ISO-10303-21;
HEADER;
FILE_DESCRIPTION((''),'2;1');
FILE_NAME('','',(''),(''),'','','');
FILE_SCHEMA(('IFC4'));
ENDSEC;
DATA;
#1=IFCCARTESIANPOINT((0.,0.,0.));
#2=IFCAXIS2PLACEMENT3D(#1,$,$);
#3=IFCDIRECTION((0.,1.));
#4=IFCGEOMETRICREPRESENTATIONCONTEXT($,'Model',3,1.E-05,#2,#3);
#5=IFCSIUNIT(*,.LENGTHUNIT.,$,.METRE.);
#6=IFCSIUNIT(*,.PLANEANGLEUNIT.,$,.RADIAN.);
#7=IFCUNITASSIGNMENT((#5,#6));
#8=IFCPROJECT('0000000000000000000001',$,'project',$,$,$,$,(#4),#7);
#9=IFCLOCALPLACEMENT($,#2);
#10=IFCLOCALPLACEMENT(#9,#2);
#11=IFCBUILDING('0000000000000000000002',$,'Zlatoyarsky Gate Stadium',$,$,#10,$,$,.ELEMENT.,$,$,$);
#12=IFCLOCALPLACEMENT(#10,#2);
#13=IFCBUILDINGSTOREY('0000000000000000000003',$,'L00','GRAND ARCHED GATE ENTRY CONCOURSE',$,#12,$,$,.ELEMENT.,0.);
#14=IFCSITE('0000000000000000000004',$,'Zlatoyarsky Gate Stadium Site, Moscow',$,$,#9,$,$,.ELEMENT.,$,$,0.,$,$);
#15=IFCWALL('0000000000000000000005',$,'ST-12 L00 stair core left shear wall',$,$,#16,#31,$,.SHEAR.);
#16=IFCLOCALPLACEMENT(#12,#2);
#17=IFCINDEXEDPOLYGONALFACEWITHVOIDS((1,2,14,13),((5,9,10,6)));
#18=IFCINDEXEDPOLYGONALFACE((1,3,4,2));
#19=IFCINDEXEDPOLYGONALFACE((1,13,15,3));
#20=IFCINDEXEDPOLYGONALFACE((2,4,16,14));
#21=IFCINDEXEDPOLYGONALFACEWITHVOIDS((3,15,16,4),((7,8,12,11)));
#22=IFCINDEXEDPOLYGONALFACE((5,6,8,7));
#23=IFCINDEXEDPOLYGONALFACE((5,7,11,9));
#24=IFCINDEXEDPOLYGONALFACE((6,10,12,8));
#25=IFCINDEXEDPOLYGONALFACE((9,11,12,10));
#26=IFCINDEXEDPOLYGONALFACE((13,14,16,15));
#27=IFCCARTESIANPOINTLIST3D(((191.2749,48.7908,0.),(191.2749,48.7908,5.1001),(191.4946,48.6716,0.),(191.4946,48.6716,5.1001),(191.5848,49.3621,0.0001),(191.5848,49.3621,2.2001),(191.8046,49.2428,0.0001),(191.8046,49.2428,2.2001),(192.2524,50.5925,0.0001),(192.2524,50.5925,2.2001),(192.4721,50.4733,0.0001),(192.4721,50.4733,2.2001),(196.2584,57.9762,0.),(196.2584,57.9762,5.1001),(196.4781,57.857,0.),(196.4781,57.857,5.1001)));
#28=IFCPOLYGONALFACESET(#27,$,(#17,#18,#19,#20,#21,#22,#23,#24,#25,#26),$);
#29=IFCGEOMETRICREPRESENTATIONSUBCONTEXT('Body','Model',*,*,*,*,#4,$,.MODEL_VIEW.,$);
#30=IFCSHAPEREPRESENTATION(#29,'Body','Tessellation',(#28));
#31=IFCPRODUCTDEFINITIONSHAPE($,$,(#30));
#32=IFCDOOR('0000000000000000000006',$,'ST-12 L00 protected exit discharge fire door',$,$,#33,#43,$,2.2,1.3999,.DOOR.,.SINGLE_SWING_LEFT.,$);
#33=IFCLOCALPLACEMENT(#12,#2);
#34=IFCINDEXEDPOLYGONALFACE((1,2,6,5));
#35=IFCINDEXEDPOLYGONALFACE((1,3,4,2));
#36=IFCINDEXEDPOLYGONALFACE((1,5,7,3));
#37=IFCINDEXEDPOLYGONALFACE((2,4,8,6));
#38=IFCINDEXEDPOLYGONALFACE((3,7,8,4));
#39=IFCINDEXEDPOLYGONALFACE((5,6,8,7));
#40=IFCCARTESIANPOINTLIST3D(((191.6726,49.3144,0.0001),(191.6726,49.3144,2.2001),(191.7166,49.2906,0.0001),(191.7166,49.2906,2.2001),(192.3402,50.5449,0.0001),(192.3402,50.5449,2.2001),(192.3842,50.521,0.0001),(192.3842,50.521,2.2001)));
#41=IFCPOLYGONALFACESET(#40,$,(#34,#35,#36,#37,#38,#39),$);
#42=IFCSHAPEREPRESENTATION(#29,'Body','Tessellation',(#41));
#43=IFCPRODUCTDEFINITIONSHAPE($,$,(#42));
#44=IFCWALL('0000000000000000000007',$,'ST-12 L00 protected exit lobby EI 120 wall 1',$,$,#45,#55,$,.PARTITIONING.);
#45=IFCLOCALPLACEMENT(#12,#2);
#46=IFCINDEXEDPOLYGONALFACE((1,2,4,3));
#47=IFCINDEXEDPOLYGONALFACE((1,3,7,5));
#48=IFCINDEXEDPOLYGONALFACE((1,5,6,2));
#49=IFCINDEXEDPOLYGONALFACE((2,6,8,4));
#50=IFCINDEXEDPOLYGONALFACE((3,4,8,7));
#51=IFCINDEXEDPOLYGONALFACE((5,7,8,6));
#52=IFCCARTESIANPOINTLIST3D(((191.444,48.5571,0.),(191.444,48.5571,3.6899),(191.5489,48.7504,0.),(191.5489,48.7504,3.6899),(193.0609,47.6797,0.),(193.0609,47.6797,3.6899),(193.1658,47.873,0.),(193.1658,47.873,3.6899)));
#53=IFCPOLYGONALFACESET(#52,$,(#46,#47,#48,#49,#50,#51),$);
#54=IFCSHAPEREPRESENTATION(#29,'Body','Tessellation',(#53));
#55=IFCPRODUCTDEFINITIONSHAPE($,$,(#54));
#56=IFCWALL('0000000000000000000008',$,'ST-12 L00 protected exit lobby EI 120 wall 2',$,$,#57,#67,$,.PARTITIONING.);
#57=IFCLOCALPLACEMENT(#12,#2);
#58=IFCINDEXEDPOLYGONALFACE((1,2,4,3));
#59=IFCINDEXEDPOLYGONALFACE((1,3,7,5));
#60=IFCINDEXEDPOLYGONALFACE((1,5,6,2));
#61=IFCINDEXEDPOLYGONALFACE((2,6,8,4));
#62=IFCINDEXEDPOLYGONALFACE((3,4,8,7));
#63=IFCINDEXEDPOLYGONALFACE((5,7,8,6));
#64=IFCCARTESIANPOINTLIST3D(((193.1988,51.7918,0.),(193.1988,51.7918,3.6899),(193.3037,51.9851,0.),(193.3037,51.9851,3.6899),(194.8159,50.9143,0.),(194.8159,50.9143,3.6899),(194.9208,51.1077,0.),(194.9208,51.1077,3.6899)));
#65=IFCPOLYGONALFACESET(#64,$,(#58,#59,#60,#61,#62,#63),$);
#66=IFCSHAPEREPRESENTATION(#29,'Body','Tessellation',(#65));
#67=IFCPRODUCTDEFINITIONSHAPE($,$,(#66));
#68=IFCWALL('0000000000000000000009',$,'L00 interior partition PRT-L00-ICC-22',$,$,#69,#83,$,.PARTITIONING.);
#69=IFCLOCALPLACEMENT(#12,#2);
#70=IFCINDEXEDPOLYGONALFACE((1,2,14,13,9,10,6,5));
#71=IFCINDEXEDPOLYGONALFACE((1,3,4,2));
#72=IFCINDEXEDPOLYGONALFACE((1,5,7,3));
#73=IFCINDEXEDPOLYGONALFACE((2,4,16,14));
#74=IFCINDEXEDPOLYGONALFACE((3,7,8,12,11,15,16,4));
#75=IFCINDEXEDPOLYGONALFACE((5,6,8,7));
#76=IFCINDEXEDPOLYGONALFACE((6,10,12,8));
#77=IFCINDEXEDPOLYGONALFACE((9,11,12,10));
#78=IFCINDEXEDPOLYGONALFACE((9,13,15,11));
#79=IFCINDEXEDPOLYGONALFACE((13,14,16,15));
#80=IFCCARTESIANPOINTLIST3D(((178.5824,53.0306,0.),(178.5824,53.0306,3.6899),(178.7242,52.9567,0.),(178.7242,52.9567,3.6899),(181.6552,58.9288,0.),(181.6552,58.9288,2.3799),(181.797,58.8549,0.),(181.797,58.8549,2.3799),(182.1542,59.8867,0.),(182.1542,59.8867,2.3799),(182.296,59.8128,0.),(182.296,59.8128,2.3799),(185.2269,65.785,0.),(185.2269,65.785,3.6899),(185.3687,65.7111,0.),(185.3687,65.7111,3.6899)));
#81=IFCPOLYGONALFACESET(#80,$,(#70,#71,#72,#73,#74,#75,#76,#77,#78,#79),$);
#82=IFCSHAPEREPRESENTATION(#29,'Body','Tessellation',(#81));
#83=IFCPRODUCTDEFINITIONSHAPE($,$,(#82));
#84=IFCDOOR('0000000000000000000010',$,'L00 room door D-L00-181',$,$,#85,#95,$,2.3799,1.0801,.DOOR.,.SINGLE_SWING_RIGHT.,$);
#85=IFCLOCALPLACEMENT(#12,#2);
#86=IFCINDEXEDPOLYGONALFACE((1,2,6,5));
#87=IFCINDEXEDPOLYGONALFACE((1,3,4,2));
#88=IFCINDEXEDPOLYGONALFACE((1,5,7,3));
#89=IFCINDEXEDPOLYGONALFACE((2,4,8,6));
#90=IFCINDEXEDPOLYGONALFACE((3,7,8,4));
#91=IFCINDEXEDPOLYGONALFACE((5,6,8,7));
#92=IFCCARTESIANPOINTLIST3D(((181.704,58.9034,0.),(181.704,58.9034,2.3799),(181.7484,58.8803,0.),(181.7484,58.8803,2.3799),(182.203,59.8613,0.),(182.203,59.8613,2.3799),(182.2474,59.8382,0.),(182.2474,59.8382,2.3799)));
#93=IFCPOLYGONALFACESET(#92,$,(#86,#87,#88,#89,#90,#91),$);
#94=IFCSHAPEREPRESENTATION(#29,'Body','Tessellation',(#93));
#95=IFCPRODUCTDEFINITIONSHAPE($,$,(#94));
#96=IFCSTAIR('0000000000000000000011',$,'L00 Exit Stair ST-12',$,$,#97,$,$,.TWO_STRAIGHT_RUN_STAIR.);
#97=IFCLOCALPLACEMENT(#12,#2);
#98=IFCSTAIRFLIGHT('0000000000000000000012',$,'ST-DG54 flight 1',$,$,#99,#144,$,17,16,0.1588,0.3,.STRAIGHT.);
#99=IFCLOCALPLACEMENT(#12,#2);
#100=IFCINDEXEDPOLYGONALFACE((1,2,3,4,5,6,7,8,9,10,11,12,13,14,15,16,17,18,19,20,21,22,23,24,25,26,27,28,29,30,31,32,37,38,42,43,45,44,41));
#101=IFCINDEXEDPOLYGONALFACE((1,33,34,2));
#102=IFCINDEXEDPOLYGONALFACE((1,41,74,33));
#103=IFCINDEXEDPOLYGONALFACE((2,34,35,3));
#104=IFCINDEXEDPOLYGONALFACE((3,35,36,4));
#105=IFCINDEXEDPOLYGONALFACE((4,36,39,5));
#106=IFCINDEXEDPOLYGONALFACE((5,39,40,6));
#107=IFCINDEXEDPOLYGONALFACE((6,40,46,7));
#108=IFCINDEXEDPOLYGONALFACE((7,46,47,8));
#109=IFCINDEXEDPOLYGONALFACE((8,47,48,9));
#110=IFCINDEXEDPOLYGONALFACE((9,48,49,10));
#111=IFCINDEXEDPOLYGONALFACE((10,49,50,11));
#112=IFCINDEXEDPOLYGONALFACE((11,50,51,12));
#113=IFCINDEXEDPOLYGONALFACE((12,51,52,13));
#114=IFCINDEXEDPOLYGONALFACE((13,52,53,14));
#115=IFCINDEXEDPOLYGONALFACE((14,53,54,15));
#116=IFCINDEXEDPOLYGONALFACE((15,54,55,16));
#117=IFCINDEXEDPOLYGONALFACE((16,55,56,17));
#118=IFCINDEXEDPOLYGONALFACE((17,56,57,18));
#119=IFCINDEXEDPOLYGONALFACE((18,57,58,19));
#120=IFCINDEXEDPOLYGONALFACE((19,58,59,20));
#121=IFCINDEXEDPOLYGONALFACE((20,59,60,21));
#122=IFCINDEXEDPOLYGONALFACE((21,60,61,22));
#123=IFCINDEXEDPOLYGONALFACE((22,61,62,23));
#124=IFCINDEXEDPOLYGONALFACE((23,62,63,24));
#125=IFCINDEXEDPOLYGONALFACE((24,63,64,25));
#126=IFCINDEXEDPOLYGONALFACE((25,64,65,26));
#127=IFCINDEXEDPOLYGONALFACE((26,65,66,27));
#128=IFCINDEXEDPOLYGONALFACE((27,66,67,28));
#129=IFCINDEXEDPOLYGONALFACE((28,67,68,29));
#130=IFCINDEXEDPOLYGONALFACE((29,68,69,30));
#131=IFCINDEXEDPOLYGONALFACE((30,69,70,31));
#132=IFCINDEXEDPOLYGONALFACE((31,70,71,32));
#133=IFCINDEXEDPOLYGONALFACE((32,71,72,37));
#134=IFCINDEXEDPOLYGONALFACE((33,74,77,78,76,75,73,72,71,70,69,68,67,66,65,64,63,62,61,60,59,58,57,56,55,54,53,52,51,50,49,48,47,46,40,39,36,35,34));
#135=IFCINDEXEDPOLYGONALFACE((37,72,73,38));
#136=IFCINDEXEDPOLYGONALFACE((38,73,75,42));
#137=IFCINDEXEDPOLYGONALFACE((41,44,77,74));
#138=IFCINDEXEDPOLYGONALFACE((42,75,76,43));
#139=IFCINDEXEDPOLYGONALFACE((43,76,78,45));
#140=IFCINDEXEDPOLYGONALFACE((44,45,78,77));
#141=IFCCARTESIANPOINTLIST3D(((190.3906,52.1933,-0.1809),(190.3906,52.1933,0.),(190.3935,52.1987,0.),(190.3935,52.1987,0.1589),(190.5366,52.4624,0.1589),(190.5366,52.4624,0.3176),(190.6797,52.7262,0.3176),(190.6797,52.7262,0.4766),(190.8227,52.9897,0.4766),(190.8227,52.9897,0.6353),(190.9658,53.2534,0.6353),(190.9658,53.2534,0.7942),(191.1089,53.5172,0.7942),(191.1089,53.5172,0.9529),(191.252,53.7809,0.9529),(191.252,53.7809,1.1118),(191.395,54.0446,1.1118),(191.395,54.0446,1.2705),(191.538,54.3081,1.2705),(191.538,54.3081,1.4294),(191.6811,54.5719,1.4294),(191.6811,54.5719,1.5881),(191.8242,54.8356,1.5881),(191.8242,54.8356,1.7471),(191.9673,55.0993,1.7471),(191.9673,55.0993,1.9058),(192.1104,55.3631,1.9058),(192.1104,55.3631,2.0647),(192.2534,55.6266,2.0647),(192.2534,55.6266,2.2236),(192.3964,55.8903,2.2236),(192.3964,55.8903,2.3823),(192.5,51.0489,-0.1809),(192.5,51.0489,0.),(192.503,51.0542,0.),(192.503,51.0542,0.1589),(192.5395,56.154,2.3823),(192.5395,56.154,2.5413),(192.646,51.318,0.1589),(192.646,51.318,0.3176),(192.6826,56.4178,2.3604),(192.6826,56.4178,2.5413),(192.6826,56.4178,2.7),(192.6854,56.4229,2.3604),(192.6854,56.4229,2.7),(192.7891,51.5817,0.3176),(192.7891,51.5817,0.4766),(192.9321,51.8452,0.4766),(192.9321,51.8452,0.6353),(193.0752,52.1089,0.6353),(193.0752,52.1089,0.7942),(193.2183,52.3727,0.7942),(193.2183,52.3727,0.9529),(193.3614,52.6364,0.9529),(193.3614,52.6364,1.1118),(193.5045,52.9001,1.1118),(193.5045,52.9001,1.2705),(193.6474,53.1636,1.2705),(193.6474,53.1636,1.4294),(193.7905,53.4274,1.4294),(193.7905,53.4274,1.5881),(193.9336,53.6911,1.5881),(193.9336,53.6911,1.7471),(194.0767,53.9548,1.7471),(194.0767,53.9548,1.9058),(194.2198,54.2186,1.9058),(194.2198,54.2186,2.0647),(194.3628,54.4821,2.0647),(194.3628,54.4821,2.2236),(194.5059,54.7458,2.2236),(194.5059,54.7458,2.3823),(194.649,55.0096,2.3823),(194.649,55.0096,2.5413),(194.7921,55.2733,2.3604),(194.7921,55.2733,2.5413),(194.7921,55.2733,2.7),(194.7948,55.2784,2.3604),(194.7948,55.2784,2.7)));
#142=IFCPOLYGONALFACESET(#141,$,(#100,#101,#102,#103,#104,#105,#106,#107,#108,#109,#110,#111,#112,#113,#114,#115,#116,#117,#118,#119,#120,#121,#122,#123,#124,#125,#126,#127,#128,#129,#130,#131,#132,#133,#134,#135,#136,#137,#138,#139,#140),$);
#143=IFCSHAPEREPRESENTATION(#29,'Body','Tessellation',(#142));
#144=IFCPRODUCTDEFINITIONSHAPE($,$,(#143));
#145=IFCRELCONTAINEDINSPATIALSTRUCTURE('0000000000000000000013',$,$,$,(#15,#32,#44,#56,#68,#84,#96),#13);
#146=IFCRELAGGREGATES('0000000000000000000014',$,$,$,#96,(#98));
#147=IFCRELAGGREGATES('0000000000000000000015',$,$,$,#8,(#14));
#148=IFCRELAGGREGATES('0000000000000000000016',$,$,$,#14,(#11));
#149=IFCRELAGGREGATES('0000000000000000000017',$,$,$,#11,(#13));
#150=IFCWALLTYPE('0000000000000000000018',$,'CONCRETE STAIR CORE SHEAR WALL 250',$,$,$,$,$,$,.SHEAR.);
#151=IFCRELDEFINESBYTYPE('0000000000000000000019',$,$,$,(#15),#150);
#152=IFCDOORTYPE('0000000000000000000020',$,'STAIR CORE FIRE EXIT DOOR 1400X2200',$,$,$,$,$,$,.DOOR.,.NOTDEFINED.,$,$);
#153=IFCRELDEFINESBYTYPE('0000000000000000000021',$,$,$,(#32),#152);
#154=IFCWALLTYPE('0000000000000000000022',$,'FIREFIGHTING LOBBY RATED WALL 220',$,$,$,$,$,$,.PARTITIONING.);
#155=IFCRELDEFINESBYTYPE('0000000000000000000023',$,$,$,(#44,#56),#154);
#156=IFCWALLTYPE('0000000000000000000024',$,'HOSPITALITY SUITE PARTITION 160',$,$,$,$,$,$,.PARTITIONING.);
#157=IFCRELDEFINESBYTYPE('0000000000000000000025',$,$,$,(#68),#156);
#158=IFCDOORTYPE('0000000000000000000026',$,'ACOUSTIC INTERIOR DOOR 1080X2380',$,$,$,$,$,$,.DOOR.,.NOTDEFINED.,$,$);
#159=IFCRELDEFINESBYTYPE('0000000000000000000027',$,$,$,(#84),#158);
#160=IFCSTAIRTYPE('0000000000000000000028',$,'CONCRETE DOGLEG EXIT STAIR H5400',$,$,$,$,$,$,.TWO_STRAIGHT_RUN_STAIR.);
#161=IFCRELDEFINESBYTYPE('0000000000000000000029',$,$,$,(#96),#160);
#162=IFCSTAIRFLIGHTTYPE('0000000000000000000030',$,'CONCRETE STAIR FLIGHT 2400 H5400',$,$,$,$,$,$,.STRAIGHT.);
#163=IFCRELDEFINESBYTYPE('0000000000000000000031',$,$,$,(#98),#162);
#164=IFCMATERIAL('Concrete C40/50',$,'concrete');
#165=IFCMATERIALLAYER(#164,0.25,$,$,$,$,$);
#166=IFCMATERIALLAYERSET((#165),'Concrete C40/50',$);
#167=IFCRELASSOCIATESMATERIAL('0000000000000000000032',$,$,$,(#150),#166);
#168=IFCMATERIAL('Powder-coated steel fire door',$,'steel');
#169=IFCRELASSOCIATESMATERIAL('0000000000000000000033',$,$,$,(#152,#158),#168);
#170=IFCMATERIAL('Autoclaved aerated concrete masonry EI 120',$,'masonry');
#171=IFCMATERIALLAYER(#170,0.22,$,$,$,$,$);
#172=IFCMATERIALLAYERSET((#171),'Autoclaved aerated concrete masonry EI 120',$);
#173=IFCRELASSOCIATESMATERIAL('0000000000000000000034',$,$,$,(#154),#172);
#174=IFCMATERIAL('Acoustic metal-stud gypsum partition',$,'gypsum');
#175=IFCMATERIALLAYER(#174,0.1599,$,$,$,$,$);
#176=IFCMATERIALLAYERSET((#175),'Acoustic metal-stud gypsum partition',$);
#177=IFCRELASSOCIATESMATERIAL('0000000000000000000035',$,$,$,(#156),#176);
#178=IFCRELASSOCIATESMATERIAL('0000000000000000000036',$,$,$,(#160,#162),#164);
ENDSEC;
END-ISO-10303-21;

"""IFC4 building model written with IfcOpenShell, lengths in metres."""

from ifc_helpers import new_model, si_unit, direction, frame, frame_2d, origin, place, context, subcontext, project, spatial, polyline, rectangle, outline, extrude, material, layer, layer_set, type_object, element, fill, aggregate, save


model = new_model("IFC4")

# Units and contexts
model_context = context("Model", 3, precision=1e-05, world=origin(), true_north=direction((0.0, 1.0)))
body_context = subcontext(model_context, "Body", "Model", "MODEL_VIEW")
ifc_project = project(units=[si_unit("LENGTHUNIT", "METRE"), si_unit("PLANEANGLEUNIT", "RADIAN")], contexts=[model_context])

# Site, building, storey
site_placement = place(None, origin())
site = spatial("IfcSite", under=ifc_project, at=site_placement, Name="Zlatoyarsky Gate Stadium Site, Moscow", CompositionType="ELEMENT", RefElevation=0.0)
building_placement = place(site_placement, origin())
building = spatial("IfcBuilding", under=site, at=building_placement, Name="Zlatoyarsky Gate Stadium", CompositionType="ELEMENT")
storey_placement = place(building_placement, origin())
storey = spatial("IfcBuildingStorey", under=building, at=storey_placement, Name="L00", Description="GRAND ARCHED GATE ENTRY CONCOURSE", CompositionType="ELEMENT", Elevation=0.0)

# Shared definitions
ifc_material_1 = material(Name="Concrete C40/50", Category="concrete")

# Shared definitions
ifc_layer_1 = layer(ifc_material_1, 0.25)
ifc_layer_set_1 = layer_set([ifc_layer_1], Name="Concrete C40/50")
wall_type_1 = type_object("IfcWallType", Name="CONCRETE STAIR CORE SHEAR WALL 250", PredefinedType="SHEAR", material=ifc_layer_set_1)

# Wall, opening, door
wall_1_placement = place(storey_placement, frame((191.3848, 48.7312, 0.0), z_axis=(0.0, 0.0, 1.0), x_axis=(0.476877, 0.87897, 0.0)))
wall_1 = element("IfcWall", 1, at=wall_1_placement, inside=storey, type_object=wall_type_1, Name="ST-12 L00 stair core left shear wall", PredefinedType="SHEAR", context=body_context, shape_type="SweptSolid", body=[
    extrude(rectangle(XDim=10.4502, YDim=0.25, at=frame_2d((5.2251, 0.0))), origin(), (0.0, 0.0, 1.0), 5.1001),
])
opening_1_placement = place(wall_1_placement, frame((0.6499, 0.0, 0.0)))
opening_1 = element("IfcOpeningElement", 2, at=opening_1_placement, cuts=wall_1, PredefinedType="OPENING", context=body_context, shape_type="SweptSolid", body=[
    extrude(rectangle(XDim=1.3999, YDim=2.2, at=frame_2d((0.7, 1.1001))), frame((0.0, 0.135, 0.0), z_axis=(0.0, -1.0, 0.0), x_axis=(1.0, 0.0, 0.0)), (0.0, 0.0, 1.0), 0.27),
])
ifc_material_2 = material(Name="Powder-coated steel fire door", Category="steel")
door_type_1 = type_object("IfcDoorType", Name="STAIR CORE FIRE EXIT DOOR 1400X2200", OperationType="NOTDEFINED", PredefinedType="DOOR", material=ifc_material_2)
door_1_placement = place(opening_1_placement, frame((1.3999, 0.0, 0.0), z_axis=(0.0, 0.0, 1.0), x_axis=(-1.0, 0.0, 0.0)))
door_1 = element("IfcDoor", 3, at=door_1_placement, inside=storey, type_object=door_type_1, Name="ST-12 L00 protected exit discharge fire door", OperationType="SINGLE_SWING_LEFT", OverallHeight=2.2, OverallWidth=1.3999, PredefinedType="DOOR", context=body_context, shape_type="SweptSolid", body=[
    extrude(rectangle(XDim=1.3999, YDim=2.2, at=frame_2d((0.7, 1.1001))), frame((0.0, 0.0249, 0.0), z_axis=(0.0, -1.0, 0.0), x_axis=(1.0, 0.0, 0.0)), (0.0, 0.0, 1.0), 0.05),
])
fill(opening_1, door_1)

# Walls
ifc_material_3 = material(Name="Autoclaved aerated concrete masonry EI 120", Category="masonry")
ifc_layer_2 = layer(ifc_material_3, 0.22)
ifc_layer_set_2 = layer_set([ifc_layer_2], Name="Autoclaved aerated concrete masonry EI 120")
wall_type_2 = type_object("IfcWallType", Name="FIREFIGHTING LOBBY RATED WALL 220", PredefinedType="PARTITIONING", material=ifc_layer_set_2)
wall_2_placement = place(storey_placement, frame((191.4963, 48.6538, 0.0), z_axis=(0.0, 0.0, 1.0), x_axis=(0.878928, -0.476954, 0.0)))
element("IfcWall", 4, at=wall_2_placement, inside=storey, type_object=wall_type_2, Name="ST-12 L00 protected exit lobby EI 120 wall 1", PredefinedType="PARTITIONING", context=body_context, shape_type="SweptSolid", body=[
    extrude(rectangle(XDim=1.8396, YDim=0.22, at=frame_2d((0.9199, 0.0))), origin(), (0.0, 0.0, 1.0), 3.6899),
])
wall_3_placement = place(storey_placement, frame((193.2512, 51.8884, 0.0), z_axis=(0.0, 0.0, 1.0), x_axis=(0.878958, -0.476899, 0.0)))
element("IfcWall", 5, at=wall_3_placement, inside=storey, type_object=wall_type_2, Name="ST-12 L00 protected exit lobby EI 120 wall 2", PredefinedType="PARTITIONING", context=body_context, shape_type="SweptSolid", body=[
    extrude(rectangle(XDim=1.8398, YDim=0.22, at=frame_2d((0.9199, 0.0))), origin(), (0.0, 0.0, 1.0), 3.6899),
])

# Wall, opening, door
ifc_material_4 = material(Name="Acoustic metal-stud gypsum partition", Category="gypsum")
ifc_layer_3 = layer(ifc_material_4, 0.1599)
ifc_layer_set_3 = layer_set([ifc_layer_3], Name="Acoustic metal-stud gypsum partition")
wall_type_3 = type_object("IfcWallType", Name="HOSPITALITY SUITE PARTITION 160", PredefinedType="PARTITIONING", material=ifc_layer_set_3)
wall_4_placement = place(storey_placement, frame((178.6533, 52.9937, 0.0), z_axis=(0.0, 0.0, 1.0), x_axis=(0.462023, 0.886868, 0.0)))
wall_4 = element("IfcWall", 6, at=wall_4_placement, inside=storey, type_object=wall_type_3, Name="L00 interior partition PRT-L00-ICC-22", PredefinedType="PARTITIONING", context=body_context, shape_type="SweptSolid", body=[
    extrude(rectangle(XDim=14.3813, YDim=0.1599, at=frame_2d((7.1907, 0.0))), origin(), (0.0, 0.0, 1.0), 3.6899),
])
opening_2_placement = place(wall_4_placement, frame((6.6506, 0.0, 0.0)))
opening_2 = element("IfcOpeningElement", 7, at=opening_2_placement, cuts=wall_4, PredefinedType="OPENING", context=body_context, shape_type="SweptSolid", body=[
    extrude(rectangle(XDim=1.0801, YDim=2.3799, at=frame_2d((0.54, 1.1899))), frame((0.0, 0.0898, 0.0), z_axis=(0.0, -1.0, 0.0), x_axis=(1.0, 0.0, 0.0)), (0.0, 0.0, 1.0), 0.1799),
])
door_type_2 = type_object("IfcDoorType", Name="ACOUSTIC INTERIOR DOOR 1080X2380", OperationType="NOTDEFINED", PredefinedType="DOOR", material=ifc_material_2)
door_2_placement = place(opening_2_placement, origin())
door_2 = element("IfcDoor", 8, at=door_2_placement, inside=storey, type_object=door_type_2, Name="L00 room door D-L00-181", OperationType="SINGLE_SWING_RIGHT", OverallHeight=2.3799, OverallWidth=1.0801, PredefinedType="DOOR", context=body_context, shape_type="SweptSolid", body=[
    extrude(rectangle(XDim=1.0801, YDim=2.3799, at=frame_2d((0.54, 1.1899))), frame((0.0, 0.0249, 0.0), z_axis=(0.0, -1.0, 0.0), x_axis=(1.0, 0.0, 0.0)), (0.0, 0.0, 1.0), 0.05),
])
fill(opening_2, door_2)

# Stair, stair flight
stair_type = type_object("IfcStairType", Name="CONCRETE DOGLEG EXIT STAIR H5400", PredefinedType="TWO_STRAIGHT_RUN_STAIR", material=ifc_material_1)
stair_placement = place(storey_placement, origin())
stair = element("IfcStair", 9, at=stair_placement, inside=storey, type_object=stair_type, Name="L00 Exit Stair ST-12", PredefinedType="TWO_STRAIGHT_RUN_STAIR")
stair_flight_type = type_object("IfcStairFlightType", Name="CONCRETE STAIR FLIGHT 2400 H5400", PredefinedType="STRAIGHT", material=ifc_material_1)
stair_flight_placement = place(storey_placement, frame((191.4482, 51.6265, 0.0), z_axis=(0.0, 0.0, 1.0), x_axis=(0.47689, 0.878963, 0.0)))
stair_flight = element("IfcStairFlight", 10, at=stair_flight_placement, type_object=stair_flight_type, Name="ST-DG54 flight 1", NumberOfRisers=17, NumberOfTreads=16, PredefinedType="STRAIGHT", RiserHeight=0.1588, TreadLength=0.3, context=body_context, shape_type="SweptSolid", body=[
    extrude(outline(polyline([(-0.0061, -0.1809), (-0.0061, 0.0), (0.0, 0.0), (0.0, 0.1589), (0.3, 0.1589), (0.3, 0.3176), (0.6001, 0.3176), (0.6001, 0.4766), (0.8999, 0.4766), (0.8999, 0.6353), (1.2, 0.6353), (1.2, 0.7942), (1.5, 0.7942), (1.5, 0.9529), (1.8, 0.9529), (1.8, 1.1118), (2.1001, 1.1118), (2.1001, 1.2705), (2.3999, 1.2705), (2.3999, 1.4294), (2.7, 1.4294), (2.7, 1.5881), (3.0, 1.5881), (3.0, 1.7471), (3.3, 1.7471), (3.3, 1.9058), (3.6001, 1.9058), (3.6001, 2.0647), (3.8999, 2.0647), (3.8999, 2.2236), (4.2, 2.2236), (4.2, 2.3823), (4.5, 2.3823), (4.5, 2.5413), (4.8, 2.5413), (4.8, 2.7), (4.8059, 2.7), (4.8059, 2.3604), (4.8, 2.3604), (-0.0061, -0.1809)])), frame((0.0, 1.2, 0.0), z_axis=(0.0, -1.0, 0.0), x_axis=(1.0, 0.0, 0.0)), (0.0, 0.0, 1.0), 2.3999),
])
aggregate(stair, [stair_flight])

save(model, "model.ifc")
